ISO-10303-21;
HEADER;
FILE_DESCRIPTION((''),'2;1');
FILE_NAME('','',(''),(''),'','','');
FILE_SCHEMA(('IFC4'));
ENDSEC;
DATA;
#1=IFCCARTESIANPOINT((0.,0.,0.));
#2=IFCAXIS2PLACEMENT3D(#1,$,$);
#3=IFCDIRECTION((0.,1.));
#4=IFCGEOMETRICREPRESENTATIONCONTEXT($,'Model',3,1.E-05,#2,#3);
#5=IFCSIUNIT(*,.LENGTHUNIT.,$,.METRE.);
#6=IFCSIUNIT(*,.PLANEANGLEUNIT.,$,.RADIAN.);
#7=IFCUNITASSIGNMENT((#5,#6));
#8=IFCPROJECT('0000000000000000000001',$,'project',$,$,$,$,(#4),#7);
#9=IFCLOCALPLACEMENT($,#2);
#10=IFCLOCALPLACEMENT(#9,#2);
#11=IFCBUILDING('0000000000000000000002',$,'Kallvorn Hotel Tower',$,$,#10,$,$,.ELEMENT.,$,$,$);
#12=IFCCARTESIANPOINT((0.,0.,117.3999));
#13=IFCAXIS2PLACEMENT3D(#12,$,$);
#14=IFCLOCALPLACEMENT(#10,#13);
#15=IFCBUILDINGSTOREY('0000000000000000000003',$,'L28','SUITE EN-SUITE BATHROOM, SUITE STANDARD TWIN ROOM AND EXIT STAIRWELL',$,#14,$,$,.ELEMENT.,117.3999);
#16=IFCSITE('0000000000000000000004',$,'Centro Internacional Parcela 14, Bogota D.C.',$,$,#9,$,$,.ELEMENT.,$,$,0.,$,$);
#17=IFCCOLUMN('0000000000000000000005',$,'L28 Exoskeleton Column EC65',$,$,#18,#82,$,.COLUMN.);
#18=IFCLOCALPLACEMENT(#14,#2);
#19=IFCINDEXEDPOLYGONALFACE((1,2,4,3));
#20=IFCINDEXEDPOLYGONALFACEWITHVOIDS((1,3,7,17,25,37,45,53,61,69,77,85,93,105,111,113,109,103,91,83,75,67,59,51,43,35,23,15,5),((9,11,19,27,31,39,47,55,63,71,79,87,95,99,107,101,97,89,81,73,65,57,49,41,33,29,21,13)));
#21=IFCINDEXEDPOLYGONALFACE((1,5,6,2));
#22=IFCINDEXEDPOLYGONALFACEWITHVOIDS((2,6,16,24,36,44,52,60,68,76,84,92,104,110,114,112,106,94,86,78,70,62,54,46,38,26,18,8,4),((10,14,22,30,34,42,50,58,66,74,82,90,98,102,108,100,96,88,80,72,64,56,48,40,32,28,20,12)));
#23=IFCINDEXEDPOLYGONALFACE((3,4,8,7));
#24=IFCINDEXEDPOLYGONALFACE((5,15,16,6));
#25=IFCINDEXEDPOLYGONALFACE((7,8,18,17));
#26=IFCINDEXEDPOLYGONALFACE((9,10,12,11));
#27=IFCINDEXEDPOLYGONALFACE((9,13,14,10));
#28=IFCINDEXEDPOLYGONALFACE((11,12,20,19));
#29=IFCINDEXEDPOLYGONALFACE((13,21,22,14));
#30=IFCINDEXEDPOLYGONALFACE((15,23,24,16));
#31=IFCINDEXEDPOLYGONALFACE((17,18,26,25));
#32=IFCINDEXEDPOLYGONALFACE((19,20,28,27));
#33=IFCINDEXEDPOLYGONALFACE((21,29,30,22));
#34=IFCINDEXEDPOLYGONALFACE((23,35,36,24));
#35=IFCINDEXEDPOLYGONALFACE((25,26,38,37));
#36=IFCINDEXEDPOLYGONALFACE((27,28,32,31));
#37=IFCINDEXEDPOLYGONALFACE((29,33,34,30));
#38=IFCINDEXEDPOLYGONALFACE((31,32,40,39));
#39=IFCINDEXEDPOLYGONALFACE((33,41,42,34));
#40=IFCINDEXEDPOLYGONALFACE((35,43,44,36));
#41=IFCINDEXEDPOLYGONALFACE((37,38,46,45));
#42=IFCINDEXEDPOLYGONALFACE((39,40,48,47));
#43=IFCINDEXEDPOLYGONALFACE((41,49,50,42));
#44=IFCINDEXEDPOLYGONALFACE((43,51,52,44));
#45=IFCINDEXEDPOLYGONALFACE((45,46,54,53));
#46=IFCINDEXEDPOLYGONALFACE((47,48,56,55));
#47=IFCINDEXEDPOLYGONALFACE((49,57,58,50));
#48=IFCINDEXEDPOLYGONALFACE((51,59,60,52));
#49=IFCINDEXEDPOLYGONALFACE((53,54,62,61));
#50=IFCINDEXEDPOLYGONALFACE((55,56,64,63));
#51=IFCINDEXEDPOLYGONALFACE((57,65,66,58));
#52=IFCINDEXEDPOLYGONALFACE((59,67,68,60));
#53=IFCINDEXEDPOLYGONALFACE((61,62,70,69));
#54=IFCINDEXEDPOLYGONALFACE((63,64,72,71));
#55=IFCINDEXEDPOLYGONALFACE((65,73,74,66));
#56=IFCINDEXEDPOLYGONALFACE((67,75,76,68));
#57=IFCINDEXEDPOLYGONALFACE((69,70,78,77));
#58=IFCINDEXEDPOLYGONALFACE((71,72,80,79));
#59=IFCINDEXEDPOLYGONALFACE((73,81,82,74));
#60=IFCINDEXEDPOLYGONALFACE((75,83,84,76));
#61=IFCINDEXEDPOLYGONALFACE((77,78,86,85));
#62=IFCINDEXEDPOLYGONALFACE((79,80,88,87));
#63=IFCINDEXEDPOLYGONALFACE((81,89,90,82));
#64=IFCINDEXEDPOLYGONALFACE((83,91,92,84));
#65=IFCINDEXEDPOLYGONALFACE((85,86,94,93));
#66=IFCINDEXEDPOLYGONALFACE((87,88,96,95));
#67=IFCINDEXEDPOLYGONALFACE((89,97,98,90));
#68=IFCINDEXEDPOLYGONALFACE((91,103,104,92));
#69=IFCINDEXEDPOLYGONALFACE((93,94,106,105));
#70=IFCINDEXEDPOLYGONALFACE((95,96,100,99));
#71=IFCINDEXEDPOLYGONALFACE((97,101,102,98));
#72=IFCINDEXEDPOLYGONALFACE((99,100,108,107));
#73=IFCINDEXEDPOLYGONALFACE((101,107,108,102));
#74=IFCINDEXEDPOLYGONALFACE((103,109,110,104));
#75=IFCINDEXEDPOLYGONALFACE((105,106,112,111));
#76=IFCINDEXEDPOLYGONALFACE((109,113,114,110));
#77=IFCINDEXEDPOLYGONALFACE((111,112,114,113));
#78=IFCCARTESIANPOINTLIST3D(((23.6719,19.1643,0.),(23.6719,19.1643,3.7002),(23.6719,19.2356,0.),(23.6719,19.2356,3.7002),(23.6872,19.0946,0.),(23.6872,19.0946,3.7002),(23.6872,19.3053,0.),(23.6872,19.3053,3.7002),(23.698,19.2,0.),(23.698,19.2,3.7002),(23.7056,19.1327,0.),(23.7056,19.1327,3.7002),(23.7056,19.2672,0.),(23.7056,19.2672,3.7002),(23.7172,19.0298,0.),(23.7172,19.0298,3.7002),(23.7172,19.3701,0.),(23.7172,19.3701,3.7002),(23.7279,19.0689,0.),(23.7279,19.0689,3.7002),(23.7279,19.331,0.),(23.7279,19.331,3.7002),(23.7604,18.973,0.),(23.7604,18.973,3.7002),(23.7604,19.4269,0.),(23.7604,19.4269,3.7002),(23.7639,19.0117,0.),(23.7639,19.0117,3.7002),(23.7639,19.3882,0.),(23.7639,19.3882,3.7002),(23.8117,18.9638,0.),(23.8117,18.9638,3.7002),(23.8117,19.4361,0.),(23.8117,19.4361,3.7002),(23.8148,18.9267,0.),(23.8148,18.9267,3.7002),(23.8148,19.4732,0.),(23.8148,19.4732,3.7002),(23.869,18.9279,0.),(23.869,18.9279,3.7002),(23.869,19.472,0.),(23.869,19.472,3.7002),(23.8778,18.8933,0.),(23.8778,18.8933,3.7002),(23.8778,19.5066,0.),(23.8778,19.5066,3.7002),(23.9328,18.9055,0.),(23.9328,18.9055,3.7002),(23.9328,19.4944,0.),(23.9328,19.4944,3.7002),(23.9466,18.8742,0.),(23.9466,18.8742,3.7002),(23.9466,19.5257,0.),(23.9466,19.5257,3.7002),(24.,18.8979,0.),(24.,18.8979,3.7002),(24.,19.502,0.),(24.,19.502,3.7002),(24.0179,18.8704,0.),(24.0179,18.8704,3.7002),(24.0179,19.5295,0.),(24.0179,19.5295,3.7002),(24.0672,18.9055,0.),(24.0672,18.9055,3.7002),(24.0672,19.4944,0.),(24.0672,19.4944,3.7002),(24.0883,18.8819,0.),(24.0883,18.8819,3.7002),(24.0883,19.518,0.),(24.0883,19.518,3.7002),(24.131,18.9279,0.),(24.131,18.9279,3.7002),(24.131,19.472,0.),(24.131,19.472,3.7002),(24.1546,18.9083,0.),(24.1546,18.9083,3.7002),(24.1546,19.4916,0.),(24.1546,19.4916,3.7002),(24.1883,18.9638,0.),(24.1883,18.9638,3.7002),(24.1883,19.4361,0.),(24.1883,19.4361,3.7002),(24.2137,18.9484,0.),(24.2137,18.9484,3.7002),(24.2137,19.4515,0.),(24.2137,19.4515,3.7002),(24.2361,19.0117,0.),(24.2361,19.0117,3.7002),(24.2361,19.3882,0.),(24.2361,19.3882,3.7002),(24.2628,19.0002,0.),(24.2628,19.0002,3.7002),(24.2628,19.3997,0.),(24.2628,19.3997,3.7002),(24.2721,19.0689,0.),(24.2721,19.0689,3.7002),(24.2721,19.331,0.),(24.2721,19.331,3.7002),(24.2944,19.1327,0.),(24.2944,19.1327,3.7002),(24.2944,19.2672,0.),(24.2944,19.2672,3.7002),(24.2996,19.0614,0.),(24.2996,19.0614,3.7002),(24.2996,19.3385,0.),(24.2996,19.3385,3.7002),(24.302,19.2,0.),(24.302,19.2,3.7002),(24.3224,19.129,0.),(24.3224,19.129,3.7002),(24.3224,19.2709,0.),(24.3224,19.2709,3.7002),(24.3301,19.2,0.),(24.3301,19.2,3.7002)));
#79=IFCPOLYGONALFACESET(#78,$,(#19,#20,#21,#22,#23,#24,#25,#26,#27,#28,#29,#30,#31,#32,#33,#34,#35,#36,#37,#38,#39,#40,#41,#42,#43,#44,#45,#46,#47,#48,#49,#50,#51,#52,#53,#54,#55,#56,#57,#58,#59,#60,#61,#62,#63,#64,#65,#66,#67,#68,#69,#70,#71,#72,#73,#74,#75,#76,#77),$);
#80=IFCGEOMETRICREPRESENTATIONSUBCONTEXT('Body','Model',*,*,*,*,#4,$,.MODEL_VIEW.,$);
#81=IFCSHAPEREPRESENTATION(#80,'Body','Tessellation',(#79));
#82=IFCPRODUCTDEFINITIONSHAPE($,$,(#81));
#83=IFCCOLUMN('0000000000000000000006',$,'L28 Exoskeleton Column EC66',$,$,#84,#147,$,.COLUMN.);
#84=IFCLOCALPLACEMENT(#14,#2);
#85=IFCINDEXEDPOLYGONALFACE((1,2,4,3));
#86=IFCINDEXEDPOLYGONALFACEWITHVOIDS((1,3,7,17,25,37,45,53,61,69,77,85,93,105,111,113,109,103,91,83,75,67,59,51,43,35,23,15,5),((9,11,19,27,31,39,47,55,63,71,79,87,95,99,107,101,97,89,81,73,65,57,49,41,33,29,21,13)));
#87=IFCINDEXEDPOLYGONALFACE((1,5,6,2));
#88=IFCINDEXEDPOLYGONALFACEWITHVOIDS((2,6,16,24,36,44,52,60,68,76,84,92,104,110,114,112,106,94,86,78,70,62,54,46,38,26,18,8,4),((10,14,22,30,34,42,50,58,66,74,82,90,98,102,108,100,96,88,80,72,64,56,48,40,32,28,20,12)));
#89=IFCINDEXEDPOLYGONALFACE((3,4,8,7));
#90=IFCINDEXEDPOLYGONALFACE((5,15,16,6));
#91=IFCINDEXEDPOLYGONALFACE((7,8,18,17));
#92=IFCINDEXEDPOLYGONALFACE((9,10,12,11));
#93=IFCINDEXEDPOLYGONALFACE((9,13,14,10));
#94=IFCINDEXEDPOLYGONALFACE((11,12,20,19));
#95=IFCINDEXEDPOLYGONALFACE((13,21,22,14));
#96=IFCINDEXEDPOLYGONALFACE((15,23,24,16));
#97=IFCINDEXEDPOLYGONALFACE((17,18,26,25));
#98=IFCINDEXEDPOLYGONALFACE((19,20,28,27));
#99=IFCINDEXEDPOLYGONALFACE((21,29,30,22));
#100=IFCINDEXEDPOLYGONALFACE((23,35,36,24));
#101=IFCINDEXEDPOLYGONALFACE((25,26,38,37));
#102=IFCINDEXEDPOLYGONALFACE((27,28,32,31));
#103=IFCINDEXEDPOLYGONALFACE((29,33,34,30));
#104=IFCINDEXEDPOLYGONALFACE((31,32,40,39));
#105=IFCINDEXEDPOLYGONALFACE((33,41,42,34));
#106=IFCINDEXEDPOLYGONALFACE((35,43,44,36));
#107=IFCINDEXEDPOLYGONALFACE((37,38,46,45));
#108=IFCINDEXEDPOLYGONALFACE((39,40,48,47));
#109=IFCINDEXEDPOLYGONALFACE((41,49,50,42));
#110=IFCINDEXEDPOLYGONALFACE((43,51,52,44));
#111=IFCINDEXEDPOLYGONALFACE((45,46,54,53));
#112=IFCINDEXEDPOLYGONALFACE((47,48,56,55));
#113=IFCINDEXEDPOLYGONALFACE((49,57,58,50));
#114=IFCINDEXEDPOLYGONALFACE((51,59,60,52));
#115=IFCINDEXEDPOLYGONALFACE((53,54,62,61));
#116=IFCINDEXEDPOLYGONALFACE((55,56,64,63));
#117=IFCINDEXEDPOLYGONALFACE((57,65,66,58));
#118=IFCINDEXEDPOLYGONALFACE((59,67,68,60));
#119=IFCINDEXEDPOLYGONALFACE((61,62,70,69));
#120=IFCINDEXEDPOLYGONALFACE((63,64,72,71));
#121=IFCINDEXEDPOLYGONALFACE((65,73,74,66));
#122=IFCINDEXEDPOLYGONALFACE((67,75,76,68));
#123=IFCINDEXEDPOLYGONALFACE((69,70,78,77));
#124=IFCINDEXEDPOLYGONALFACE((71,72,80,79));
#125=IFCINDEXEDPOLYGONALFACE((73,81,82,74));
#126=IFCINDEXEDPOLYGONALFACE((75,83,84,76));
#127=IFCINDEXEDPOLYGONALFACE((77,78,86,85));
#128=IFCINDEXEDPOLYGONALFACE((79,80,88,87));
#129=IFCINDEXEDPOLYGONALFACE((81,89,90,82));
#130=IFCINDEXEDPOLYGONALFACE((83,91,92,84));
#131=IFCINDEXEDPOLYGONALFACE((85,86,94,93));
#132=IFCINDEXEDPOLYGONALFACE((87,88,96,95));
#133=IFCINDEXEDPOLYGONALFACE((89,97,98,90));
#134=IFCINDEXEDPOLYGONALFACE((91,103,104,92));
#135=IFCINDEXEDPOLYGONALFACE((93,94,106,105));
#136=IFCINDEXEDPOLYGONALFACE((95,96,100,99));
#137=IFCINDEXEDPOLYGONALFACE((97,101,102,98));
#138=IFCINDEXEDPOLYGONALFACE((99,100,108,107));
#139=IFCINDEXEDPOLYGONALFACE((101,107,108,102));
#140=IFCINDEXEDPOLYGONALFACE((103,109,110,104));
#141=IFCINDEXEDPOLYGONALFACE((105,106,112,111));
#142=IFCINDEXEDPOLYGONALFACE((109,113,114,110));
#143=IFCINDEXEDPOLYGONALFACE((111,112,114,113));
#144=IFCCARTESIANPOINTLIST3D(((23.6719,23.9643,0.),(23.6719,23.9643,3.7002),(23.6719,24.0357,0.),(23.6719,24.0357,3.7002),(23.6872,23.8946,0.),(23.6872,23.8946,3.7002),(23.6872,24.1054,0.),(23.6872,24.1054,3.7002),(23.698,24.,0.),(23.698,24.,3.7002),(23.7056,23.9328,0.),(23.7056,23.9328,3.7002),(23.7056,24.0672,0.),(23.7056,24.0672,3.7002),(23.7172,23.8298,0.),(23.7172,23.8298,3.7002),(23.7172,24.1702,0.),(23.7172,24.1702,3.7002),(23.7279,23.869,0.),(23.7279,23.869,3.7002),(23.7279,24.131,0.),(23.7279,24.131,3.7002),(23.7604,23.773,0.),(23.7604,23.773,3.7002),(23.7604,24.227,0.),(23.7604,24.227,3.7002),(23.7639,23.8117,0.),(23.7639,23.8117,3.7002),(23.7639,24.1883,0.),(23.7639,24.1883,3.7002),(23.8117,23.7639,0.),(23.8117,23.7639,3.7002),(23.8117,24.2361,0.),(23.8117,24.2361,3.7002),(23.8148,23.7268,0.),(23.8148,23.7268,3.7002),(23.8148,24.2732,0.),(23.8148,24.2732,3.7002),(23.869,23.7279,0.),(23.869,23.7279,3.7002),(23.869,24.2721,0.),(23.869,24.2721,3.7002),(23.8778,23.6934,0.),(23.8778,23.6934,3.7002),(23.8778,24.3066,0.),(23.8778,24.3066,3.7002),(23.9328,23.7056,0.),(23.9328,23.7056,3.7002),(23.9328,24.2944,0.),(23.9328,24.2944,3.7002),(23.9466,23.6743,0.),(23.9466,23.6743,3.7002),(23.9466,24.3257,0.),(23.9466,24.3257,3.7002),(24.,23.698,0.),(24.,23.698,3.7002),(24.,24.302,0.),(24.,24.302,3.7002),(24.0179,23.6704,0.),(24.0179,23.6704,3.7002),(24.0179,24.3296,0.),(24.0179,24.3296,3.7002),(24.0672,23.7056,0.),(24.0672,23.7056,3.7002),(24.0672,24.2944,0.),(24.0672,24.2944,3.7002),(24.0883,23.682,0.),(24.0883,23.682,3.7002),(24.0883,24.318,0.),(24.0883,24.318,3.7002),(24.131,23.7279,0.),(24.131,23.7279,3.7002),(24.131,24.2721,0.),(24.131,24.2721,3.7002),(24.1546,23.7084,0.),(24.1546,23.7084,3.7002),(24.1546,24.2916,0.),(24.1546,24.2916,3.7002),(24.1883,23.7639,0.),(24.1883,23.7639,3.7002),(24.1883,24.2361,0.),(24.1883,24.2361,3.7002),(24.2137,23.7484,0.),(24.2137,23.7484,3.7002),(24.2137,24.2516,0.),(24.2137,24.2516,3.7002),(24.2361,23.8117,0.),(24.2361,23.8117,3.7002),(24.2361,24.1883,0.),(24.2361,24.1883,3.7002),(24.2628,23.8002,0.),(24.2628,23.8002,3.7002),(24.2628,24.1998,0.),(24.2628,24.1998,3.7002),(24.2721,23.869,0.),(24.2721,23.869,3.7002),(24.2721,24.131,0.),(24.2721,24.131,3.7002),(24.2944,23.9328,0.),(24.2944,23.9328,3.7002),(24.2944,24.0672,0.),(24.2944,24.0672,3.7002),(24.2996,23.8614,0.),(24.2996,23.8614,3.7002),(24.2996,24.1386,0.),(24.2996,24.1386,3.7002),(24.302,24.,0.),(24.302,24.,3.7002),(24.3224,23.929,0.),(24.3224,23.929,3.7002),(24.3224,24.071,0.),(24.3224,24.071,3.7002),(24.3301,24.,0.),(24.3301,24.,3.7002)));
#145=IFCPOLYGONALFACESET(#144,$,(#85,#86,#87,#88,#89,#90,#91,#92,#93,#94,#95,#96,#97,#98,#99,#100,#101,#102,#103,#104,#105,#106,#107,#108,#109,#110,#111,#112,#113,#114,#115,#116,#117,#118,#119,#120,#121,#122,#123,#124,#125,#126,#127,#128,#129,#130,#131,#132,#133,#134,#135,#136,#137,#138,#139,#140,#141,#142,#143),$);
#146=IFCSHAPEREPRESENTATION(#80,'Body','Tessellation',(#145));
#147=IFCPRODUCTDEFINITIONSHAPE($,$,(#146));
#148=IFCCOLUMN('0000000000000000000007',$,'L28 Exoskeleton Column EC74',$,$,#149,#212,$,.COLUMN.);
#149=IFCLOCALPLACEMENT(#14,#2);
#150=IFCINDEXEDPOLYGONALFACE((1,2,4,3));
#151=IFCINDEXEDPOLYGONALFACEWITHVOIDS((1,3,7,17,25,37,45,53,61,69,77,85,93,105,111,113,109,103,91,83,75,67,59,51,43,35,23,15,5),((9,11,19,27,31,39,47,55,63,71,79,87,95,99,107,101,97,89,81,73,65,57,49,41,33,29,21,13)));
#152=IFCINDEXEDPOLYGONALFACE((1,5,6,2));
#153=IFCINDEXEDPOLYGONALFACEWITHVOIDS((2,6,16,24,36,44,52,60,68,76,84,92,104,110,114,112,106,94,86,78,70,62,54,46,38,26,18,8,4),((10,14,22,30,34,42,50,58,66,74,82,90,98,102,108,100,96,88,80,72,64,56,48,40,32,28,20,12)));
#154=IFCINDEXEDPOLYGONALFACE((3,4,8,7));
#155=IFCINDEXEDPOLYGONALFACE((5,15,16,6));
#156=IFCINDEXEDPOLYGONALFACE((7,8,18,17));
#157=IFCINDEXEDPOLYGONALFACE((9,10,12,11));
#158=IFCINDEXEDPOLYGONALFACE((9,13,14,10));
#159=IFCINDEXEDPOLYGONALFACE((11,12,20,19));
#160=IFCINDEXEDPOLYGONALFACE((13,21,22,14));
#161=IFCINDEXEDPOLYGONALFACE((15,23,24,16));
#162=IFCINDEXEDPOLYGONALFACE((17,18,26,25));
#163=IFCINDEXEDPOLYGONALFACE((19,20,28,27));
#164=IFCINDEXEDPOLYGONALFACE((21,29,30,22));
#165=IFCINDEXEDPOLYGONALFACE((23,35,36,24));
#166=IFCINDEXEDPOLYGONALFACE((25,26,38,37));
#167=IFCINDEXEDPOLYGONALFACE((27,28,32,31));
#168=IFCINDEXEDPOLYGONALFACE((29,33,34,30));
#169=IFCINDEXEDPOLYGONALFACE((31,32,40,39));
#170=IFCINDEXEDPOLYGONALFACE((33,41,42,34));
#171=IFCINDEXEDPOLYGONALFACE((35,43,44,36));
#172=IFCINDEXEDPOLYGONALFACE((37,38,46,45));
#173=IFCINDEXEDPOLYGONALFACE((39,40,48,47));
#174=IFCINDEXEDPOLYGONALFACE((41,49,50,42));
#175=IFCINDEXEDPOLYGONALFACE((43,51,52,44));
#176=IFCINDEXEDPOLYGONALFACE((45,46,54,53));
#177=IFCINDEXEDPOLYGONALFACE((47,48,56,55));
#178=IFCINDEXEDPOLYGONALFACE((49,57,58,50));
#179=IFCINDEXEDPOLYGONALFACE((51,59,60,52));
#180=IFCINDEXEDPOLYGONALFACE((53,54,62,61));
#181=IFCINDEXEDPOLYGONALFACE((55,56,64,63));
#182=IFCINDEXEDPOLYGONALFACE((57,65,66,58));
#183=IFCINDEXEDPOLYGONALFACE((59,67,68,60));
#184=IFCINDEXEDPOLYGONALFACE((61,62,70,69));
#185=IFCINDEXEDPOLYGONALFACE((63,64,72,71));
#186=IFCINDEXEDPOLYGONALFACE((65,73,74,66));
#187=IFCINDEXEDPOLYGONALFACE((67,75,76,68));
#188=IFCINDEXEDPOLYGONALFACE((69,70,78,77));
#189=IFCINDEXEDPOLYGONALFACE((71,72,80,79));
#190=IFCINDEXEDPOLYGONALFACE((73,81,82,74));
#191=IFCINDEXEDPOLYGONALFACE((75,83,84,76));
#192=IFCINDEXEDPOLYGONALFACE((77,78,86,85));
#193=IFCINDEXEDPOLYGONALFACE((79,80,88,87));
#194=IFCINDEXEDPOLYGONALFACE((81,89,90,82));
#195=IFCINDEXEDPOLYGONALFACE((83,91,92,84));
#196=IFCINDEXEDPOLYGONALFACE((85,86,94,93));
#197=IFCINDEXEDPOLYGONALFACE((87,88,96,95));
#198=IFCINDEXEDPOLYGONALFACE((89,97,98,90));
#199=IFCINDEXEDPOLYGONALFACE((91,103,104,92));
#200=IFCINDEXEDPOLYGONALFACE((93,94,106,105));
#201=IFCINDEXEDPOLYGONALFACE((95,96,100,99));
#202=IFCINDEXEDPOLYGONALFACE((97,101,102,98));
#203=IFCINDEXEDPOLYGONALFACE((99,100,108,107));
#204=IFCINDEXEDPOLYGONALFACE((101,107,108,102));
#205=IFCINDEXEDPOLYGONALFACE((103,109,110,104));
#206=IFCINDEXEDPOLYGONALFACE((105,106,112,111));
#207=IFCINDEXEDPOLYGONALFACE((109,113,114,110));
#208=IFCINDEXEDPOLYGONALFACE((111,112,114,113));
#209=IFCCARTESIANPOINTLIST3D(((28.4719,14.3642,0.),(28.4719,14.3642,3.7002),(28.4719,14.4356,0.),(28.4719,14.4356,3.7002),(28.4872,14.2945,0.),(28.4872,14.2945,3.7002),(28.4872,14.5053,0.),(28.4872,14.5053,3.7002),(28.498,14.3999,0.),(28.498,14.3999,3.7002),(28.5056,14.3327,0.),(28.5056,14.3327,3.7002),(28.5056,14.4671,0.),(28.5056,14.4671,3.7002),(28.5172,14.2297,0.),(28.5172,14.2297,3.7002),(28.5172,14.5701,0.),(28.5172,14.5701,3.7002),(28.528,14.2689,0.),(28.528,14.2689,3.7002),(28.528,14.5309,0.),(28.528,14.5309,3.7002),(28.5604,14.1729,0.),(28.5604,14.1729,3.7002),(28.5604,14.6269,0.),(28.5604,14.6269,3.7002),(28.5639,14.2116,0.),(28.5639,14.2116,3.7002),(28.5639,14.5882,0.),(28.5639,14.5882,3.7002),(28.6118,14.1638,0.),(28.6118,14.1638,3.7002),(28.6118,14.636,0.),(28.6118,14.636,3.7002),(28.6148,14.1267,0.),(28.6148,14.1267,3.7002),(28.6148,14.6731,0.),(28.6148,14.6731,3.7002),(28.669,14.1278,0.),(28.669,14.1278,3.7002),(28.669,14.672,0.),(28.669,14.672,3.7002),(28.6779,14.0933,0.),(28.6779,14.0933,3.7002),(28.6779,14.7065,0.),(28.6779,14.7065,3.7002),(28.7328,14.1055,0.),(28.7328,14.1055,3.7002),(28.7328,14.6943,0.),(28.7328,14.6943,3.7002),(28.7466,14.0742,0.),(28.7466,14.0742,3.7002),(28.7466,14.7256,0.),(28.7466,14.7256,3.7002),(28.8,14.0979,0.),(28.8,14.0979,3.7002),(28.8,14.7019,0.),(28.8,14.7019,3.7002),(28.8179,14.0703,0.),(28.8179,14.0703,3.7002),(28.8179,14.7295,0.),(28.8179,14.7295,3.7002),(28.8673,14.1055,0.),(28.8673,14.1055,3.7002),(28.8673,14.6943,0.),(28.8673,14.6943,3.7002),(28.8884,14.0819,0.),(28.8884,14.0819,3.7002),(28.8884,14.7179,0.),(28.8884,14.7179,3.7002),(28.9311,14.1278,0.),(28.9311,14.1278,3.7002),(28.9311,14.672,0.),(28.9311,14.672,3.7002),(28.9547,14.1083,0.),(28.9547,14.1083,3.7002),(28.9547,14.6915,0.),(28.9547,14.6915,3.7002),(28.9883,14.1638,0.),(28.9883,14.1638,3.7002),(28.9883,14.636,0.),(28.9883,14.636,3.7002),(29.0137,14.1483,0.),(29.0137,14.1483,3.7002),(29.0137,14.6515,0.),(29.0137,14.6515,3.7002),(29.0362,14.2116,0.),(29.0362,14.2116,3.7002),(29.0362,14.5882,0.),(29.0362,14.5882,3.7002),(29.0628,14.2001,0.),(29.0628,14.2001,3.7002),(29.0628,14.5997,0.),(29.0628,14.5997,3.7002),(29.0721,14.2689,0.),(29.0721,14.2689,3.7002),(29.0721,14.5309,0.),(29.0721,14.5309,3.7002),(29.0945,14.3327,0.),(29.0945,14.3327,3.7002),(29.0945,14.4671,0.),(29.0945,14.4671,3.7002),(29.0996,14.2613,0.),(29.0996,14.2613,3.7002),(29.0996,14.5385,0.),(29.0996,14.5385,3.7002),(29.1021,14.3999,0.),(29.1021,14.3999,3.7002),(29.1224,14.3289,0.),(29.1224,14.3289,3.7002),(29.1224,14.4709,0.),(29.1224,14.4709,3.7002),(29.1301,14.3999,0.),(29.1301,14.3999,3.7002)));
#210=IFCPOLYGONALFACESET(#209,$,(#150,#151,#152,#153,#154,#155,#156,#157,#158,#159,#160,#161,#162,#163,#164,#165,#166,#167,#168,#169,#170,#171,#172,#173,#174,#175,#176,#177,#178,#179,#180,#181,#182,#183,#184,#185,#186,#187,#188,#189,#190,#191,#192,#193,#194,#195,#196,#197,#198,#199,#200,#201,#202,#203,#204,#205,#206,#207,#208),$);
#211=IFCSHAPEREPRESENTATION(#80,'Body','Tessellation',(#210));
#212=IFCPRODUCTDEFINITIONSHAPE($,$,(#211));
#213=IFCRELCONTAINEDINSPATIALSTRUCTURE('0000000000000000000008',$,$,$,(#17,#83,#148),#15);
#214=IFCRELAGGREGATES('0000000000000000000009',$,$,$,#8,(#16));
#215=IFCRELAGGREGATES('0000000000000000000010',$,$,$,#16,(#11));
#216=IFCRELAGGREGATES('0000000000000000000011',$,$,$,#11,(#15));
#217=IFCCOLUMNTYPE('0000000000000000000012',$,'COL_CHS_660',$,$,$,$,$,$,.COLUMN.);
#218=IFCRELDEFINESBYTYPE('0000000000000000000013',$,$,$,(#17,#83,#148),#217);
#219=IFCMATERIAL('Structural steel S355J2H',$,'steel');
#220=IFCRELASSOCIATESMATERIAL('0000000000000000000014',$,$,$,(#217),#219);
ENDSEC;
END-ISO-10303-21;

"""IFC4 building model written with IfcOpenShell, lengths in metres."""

from ifc_helpers import new_model, si_unit, direction, frame, origin, origin_2d, place, context, subcontext, project, spatial, hollow_circle, extrude, material, material_profile, profile_set, type_object, element, save


model = new_model("IFC4")

# Units and contexts
model_context = context("Model", 3, precision=1e-05, world=origin(), true_north=direction((0.0, 1.0)))
body_context = subcontext(model_context, "Body", "Model", "MODEL_VIEW")
ifc_project = project(units=[si_unit("LENGTHUNIT", "METRE"), si_unit("PLANEANGLEUNIT", "RADIAN")], contexts=[model_context])

# Site, building, storey
site_placement = place(None, origin())
site = spatial("IfcSite", under=ifc_project, at=site_placement, Name="Centro Internacional Parcela 14, Bogota D.C.", CompositionType="ELEMENT", RefElevation=0.0)
building_placement = place(site_placement, origin())
building = spatial("IfcBuilding", under=site, at=building_placement, Name="Kallvorn Hotel Tower", CompositionType="ELEMENT")
storey_placement = place(building_placement, frame((0.0, 0.0, 117.3999)))
storey = spatial("IfcBuildingStorey", under=building, at=storey_placement, Name="L28", Description="SUITE EN-SUITE BATHROOM, SUITE STANDARD TWIN ROOM AND EXIT STAIRWELL", CompositionType="ELEMENT", Elevation=117.3999)

# Columns
ifc_material_1 = material(Name="Structural steel S355J2H", Category="steel")
ifc_material_profile_1 = material_profile(ifc_material_1, hollow_circle(Radius=0.3301, WallThickness=0.0281, at=origin_2d()), Name="CHS 660x28")
ifc_profile_set_1 = profile_set([ifc_material_profile_1], Name="Structural steel S355J2H")
column_type_1 = type_object("IfcColumnType", Name="COL_CHS_660", PredefinedType="COLUMN", material=ifc_profile_set_1)
for number, where, z_axis, x_axis, name in (
    (1, (24.0, 19.2, 0.0), (0.0, 0.0, 1.0), (1.0, 0.0, 0.0), "L28 Exoskeleton Column EC65"),
    (2, (24.0, 24.0, 0.0), (0.0, 0.0, 1.0), (1.0, 0.0, 0.0), "L28 Exoskeleton Column EC66"),
    (3, (28.8, 14.3999, 0.0), (0.0, 0.0, 1.0), (1.0, 0.0, 0.0), "L28 Exoskeleton Column EC74"),
):
    element("IfcColumn", number, at=place(storey_placement, frame(where, z_axis=z_axis, x_axis=x_axis)), inside=storey, type_object=column_type_1, Name=name, PredefinedType="COLUMN", context=body_context, shape_type="SweptSolid", body=[
        extrude(hollow_circle(Radius=0.3301, WallThickness=0.0281, at=origin_2d()), origin(), (0.0, 0.0, 1.0), 3.7002),
    ])

save(model, "model.ifc")
